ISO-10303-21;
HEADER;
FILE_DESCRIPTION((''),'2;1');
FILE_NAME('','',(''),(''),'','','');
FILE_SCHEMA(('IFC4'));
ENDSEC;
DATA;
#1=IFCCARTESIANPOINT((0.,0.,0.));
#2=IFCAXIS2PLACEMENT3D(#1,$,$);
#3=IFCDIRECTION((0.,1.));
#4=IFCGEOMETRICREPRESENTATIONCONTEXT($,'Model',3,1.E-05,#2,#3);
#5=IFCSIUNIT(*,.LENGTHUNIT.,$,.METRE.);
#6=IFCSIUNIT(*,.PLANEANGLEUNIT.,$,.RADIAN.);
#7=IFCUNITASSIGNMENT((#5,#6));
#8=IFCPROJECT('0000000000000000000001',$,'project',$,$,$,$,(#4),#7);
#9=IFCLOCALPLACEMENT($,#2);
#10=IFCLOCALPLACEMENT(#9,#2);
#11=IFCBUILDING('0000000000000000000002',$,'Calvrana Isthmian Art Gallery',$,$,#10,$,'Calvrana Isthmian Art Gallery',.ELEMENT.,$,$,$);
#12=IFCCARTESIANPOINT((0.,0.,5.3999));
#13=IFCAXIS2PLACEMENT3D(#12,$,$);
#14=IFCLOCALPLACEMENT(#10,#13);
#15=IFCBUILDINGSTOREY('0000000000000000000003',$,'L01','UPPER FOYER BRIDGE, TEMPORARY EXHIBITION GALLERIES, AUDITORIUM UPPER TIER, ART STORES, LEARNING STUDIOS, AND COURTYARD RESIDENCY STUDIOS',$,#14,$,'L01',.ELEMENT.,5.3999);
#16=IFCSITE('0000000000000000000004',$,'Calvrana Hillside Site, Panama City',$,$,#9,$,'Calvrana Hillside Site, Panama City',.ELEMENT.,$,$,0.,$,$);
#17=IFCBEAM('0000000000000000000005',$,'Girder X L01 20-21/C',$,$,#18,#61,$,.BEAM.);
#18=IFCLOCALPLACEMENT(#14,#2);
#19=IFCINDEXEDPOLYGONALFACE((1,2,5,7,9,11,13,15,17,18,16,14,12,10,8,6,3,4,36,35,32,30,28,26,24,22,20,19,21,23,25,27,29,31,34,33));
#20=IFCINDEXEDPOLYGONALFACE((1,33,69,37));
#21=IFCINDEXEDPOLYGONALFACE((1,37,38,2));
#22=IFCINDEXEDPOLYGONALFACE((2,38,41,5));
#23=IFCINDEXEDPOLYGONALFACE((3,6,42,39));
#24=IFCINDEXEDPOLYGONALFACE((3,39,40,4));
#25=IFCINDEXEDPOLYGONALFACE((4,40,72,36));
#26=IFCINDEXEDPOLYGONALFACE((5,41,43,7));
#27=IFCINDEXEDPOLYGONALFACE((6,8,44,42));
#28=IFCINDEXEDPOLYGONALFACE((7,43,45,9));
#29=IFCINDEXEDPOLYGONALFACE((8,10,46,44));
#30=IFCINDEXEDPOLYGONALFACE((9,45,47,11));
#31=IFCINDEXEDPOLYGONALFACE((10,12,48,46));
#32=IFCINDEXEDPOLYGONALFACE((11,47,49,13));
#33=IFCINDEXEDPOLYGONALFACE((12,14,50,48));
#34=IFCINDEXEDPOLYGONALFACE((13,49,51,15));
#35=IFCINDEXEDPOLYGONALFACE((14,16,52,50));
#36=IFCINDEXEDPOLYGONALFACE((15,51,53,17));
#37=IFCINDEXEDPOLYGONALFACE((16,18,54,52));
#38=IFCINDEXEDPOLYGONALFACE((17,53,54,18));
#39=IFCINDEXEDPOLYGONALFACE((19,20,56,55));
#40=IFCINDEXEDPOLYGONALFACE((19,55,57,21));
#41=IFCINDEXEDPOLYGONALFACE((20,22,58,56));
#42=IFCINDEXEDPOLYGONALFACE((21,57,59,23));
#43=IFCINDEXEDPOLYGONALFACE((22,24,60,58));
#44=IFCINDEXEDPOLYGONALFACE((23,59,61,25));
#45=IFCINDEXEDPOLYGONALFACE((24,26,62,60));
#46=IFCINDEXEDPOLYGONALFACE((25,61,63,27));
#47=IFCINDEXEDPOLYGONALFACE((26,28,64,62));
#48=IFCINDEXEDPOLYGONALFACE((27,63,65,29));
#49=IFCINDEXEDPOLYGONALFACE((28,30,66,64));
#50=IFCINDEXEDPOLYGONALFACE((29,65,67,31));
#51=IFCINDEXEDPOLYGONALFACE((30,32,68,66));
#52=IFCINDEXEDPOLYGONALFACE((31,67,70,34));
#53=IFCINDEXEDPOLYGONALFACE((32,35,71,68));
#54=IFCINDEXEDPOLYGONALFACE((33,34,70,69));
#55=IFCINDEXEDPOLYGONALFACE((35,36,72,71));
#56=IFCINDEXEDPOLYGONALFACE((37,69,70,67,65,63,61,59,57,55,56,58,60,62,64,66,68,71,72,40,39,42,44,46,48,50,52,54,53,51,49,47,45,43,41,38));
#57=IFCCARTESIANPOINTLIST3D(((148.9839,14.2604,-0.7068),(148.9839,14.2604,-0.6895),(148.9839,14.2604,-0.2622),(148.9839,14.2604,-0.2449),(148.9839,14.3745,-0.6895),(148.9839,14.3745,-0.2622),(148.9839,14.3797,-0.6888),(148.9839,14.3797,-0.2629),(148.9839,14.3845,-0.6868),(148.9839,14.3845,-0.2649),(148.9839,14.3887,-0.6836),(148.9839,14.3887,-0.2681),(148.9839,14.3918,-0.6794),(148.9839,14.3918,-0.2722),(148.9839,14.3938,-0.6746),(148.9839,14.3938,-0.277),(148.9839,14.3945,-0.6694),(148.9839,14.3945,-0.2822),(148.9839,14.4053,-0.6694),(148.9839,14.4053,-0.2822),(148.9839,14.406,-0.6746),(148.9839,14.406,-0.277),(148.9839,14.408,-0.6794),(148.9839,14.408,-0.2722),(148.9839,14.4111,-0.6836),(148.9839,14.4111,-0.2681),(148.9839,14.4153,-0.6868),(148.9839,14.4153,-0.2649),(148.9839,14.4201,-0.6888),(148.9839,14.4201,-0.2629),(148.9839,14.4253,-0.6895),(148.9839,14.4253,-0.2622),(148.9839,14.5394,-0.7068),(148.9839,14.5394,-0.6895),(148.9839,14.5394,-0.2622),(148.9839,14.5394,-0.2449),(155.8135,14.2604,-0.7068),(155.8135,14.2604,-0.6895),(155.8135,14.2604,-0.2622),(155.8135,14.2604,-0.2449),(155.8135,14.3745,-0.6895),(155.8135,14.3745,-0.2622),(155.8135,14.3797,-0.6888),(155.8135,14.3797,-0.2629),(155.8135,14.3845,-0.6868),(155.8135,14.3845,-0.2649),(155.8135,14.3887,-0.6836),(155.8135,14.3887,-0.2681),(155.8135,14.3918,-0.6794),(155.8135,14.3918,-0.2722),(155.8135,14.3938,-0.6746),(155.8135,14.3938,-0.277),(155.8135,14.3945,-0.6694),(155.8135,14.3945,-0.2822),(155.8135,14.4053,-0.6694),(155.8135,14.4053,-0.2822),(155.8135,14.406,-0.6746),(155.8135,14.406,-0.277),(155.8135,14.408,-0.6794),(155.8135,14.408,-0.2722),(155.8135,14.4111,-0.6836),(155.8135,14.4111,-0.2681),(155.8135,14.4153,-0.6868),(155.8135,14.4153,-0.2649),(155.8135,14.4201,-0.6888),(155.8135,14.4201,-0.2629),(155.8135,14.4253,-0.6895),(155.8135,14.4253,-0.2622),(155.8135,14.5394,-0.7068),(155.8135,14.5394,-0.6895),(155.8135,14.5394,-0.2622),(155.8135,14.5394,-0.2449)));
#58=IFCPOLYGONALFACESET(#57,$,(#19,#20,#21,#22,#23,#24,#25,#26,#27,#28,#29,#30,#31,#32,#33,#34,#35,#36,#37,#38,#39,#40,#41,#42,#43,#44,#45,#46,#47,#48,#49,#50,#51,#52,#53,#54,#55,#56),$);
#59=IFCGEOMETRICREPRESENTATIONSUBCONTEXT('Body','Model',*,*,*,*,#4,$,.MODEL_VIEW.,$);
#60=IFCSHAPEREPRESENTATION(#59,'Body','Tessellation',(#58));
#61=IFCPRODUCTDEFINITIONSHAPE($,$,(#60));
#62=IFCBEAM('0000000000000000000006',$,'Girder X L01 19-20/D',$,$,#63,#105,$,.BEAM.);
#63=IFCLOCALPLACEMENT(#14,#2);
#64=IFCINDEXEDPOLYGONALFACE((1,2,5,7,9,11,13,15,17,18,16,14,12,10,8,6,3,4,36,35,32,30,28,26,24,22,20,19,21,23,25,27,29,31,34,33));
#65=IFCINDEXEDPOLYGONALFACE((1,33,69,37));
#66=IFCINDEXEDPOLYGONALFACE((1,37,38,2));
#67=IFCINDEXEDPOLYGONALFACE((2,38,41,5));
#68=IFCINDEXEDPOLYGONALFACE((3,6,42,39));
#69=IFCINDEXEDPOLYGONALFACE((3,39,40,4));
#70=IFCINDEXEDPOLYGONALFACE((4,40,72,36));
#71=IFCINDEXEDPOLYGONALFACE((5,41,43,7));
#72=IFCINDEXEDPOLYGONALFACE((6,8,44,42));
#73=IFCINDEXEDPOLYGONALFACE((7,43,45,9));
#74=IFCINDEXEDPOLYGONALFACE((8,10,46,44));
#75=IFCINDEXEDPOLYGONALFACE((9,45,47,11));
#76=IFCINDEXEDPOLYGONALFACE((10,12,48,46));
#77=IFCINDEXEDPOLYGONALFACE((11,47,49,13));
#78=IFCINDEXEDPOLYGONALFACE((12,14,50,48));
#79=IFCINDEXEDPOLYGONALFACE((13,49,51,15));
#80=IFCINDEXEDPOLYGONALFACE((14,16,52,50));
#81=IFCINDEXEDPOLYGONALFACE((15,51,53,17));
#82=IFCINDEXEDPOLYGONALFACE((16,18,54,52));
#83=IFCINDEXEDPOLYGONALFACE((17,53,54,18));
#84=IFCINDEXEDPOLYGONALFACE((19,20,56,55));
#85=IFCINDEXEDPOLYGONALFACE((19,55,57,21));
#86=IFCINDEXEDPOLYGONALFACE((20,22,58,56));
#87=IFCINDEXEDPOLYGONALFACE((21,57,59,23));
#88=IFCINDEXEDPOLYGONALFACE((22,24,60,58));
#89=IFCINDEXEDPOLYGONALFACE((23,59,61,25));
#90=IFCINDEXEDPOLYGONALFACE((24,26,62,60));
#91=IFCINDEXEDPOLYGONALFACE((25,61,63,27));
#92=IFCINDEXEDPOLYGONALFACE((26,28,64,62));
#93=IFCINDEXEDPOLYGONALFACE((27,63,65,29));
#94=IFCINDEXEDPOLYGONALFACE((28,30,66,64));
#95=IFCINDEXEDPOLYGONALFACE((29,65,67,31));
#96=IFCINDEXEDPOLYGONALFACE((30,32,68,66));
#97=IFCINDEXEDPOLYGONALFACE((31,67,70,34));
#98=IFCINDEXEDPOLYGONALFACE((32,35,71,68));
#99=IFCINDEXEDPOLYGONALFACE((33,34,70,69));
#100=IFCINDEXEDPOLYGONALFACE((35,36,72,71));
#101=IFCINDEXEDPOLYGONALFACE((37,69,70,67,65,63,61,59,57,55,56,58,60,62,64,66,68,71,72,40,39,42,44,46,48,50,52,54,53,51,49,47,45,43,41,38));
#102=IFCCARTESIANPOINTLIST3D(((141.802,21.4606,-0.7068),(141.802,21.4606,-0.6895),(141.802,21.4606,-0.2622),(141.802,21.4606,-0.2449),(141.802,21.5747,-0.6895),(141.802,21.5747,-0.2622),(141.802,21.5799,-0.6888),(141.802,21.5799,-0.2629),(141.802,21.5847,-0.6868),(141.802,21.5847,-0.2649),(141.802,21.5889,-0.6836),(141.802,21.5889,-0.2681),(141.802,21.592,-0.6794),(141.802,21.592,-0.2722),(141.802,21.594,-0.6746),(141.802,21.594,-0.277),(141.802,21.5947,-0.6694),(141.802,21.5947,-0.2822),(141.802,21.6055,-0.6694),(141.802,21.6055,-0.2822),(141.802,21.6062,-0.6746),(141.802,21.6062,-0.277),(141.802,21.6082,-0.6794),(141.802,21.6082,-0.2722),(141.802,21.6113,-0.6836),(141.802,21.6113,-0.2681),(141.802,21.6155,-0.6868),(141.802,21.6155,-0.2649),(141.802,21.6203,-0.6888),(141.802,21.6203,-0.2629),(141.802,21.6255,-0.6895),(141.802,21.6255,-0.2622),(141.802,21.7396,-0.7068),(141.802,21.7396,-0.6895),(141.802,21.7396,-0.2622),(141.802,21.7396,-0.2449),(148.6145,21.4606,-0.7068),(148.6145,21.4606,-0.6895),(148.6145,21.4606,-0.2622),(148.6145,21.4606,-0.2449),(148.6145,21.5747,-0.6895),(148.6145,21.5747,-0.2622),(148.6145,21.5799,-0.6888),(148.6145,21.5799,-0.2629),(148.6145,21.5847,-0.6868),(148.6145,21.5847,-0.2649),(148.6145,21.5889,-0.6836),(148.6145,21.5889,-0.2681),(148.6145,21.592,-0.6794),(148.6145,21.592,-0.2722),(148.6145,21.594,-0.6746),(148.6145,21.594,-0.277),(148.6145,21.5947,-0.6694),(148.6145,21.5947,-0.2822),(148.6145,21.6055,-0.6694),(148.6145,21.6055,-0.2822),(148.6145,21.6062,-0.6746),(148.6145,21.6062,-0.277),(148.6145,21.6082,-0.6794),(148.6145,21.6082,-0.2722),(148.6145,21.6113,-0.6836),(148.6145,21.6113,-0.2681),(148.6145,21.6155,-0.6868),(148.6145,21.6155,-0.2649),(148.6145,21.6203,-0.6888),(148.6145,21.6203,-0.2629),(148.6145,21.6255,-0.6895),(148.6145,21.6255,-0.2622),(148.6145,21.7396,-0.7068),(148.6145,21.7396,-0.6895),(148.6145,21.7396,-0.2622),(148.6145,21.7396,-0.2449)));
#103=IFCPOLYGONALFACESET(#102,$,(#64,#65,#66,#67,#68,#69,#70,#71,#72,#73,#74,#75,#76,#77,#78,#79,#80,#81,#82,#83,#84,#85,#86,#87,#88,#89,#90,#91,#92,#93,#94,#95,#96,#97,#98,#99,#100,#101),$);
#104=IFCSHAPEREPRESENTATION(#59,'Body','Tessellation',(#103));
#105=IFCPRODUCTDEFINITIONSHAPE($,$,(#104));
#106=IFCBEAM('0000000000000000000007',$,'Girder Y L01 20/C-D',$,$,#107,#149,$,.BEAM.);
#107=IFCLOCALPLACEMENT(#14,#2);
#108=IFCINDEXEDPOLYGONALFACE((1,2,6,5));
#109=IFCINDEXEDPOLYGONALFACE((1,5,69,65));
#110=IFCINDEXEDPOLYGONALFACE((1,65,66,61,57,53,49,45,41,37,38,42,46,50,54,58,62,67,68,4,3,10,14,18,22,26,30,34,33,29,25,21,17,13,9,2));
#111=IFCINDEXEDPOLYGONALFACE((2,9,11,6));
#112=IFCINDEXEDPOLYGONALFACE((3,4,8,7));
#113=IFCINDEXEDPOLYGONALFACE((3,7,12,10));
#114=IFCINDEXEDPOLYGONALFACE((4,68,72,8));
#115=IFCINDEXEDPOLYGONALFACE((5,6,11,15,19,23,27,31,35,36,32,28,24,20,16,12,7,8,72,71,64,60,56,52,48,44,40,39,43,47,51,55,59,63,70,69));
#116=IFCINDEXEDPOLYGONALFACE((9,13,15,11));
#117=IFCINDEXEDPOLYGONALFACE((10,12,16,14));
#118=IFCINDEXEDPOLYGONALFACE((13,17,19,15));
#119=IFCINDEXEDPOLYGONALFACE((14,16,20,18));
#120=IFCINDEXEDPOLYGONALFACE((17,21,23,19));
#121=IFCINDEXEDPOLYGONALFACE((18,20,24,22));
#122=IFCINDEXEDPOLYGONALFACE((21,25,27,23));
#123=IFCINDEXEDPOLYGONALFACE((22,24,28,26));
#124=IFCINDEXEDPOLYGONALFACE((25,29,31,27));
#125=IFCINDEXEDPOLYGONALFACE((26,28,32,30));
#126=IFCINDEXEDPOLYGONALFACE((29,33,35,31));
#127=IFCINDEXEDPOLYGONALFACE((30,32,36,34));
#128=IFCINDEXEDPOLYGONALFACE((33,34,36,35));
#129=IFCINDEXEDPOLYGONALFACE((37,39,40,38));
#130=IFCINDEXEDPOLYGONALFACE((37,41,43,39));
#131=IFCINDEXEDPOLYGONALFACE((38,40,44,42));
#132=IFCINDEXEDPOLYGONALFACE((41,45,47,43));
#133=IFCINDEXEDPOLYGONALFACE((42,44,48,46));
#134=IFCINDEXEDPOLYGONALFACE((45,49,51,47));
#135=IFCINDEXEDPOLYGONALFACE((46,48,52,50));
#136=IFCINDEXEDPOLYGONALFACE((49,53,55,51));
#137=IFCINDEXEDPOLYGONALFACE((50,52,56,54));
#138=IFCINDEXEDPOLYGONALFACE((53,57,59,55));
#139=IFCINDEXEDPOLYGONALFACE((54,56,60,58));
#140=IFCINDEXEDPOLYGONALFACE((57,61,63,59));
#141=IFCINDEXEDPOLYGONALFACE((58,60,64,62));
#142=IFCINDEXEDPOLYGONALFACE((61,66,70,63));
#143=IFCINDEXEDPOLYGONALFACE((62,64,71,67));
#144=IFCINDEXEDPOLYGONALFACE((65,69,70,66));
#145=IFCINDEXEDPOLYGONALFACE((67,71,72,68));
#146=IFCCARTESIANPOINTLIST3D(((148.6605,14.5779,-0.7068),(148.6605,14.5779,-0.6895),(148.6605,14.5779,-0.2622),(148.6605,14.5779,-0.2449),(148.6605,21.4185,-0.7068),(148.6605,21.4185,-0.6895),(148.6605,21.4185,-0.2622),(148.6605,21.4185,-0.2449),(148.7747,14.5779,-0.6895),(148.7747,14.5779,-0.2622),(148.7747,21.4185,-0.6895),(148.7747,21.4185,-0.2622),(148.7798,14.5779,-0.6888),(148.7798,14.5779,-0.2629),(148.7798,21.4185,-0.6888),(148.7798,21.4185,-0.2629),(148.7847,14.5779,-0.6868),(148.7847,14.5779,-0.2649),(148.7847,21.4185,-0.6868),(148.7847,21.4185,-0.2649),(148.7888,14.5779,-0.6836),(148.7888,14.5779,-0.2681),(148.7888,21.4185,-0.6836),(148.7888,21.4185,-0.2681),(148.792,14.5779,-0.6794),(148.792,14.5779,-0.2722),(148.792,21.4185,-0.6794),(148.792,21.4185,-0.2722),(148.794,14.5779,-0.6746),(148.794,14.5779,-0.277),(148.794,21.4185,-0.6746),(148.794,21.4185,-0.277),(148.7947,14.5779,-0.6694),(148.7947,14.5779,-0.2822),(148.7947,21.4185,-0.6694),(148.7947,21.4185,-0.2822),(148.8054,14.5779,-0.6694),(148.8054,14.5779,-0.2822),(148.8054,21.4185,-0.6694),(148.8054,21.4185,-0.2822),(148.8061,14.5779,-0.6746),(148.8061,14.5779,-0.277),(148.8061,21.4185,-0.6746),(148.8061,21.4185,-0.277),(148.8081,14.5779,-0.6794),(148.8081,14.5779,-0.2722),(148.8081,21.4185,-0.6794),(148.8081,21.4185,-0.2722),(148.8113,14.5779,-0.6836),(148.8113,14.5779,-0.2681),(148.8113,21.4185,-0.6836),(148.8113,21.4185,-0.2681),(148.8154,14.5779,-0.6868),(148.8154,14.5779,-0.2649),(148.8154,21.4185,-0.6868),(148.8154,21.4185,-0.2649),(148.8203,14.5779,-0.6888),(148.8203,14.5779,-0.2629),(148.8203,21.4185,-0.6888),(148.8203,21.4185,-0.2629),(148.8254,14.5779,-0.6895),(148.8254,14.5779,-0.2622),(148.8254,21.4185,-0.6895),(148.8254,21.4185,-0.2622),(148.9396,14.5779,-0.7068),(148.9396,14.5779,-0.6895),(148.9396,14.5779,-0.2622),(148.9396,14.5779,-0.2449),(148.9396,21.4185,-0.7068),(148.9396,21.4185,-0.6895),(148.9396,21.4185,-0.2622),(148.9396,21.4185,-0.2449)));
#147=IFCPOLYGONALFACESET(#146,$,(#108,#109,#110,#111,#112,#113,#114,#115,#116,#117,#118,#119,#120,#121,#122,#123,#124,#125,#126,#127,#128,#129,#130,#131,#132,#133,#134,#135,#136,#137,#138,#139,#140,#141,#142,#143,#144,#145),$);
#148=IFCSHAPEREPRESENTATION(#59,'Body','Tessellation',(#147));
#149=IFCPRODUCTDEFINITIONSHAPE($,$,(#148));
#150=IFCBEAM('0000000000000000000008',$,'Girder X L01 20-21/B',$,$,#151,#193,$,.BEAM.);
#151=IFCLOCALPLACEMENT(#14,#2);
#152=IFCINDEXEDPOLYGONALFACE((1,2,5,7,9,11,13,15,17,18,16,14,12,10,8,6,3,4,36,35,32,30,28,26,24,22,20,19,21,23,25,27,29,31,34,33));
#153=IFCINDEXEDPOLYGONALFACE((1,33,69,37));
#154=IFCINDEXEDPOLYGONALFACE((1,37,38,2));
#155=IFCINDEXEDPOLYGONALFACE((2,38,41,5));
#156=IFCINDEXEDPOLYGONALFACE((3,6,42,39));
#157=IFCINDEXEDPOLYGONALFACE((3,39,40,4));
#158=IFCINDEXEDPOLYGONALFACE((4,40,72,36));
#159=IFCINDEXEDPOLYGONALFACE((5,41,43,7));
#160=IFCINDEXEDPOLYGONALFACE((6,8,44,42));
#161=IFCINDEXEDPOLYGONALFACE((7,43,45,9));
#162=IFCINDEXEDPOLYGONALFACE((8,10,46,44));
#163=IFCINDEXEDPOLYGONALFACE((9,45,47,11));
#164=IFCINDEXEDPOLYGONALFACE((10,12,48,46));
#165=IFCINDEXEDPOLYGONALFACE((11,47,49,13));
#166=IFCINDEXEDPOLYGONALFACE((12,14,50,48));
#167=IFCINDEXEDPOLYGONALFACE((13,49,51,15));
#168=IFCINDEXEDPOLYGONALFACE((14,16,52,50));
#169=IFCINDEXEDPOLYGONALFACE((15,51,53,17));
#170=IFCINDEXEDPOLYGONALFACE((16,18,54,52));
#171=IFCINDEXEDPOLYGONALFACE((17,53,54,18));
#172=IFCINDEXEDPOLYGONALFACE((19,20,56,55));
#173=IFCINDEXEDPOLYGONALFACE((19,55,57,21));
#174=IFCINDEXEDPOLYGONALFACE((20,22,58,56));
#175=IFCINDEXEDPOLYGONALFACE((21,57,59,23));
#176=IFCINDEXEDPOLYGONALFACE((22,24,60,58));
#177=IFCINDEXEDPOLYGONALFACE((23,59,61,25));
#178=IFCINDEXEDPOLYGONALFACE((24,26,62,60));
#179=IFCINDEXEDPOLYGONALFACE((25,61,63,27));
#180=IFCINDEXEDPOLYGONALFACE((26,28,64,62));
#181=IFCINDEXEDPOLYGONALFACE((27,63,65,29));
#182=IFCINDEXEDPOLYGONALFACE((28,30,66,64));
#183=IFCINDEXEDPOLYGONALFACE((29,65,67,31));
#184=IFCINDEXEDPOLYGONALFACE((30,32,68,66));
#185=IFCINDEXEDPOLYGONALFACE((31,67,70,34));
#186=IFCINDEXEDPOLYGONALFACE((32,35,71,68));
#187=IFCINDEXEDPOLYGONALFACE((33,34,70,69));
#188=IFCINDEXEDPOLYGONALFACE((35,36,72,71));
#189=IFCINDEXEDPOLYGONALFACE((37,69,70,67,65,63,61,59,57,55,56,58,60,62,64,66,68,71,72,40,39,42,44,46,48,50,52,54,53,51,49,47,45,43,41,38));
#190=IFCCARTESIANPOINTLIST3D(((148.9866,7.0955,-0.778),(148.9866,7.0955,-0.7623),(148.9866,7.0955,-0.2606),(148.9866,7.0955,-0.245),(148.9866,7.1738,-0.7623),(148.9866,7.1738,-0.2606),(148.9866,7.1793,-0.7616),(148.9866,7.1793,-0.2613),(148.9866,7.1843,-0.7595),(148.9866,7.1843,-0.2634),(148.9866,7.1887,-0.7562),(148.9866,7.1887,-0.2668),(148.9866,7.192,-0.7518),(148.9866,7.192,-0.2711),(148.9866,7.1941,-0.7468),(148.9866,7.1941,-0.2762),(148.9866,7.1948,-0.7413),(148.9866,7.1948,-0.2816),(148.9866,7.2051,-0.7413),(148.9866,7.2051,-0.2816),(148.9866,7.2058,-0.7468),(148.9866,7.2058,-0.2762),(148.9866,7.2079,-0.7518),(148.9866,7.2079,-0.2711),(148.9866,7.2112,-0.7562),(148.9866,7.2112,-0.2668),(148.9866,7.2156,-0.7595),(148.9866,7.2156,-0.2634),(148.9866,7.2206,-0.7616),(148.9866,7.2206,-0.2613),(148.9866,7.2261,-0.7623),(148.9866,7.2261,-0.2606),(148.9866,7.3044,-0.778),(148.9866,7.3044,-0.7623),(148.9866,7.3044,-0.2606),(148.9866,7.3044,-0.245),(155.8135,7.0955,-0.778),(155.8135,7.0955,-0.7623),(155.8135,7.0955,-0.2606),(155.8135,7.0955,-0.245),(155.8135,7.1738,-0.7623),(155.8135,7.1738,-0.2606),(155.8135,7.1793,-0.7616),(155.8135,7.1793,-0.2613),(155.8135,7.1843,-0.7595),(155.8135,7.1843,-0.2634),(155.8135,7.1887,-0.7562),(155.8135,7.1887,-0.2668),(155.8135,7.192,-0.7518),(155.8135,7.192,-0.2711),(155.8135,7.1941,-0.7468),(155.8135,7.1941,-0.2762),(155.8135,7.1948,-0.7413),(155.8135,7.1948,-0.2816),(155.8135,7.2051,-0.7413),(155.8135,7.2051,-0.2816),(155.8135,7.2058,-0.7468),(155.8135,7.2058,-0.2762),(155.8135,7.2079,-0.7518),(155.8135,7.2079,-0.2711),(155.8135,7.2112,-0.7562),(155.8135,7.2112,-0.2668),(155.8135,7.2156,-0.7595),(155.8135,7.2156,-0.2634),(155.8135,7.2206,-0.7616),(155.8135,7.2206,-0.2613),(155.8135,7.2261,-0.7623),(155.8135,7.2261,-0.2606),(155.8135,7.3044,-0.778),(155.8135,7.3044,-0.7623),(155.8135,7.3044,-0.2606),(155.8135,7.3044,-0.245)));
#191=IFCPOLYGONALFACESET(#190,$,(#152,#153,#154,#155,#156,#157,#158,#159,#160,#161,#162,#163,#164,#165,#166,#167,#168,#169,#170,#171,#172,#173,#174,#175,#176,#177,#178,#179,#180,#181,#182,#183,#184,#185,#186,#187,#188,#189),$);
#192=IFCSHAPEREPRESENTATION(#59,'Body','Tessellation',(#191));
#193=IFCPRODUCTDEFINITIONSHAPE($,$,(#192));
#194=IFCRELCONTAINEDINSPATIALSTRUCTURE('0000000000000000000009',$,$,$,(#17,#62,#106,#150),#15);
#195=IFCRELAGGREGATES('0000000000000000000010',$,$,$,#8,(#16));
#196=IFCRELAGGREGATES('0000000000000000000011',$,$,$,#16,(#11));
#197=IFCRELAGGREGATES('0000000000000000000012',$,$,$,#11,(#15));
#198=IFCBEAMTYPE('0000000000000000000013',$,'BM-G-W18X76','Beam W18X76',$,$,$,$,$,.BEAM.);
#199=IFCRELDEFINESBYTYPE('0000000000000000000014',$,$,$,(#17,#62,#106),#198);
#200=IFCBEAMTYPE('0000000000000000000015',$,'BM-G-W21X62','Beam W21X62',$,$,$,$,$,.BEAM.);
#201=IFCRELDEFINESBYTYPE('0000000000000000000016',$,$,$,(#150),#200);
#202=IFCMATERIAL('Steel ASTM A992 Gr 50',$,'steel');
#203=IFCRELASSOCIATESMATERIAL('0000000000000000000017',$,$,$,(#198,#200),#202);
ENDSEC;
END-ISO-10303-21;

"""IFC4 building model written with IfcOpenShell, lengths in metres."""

from ifc_helpers import new_model, si_unit, direction, frame, origin, origin_2d, place, context, subcontext, project, spatial, i_section, extrude, material, material_profile, profile_set, type_object, element, save


model = new_model("IFC4")

# Units and contexts
model_context = context("Model", 3, precision=1e-05, world=origin(), true_north=direction((0.0, 1.0)))
body_context = subcontext(model_context, "Body", "Model", "MODEL_VIEW")
ifc_project = project(units=[si_unit("LENGTHUNIT", "METRE"), si_unit("PLANEANGLEUNIT", "RADIAN")], contexts=[model_context])

# Site, building, storey
site_placement = place(None, origin())
site = spatial("IfcSite", under=ifc_project, at=site_placement, Name="Calvrana Hillside Site, Panama City", LongName="Calvrana Hillside Site, Panama City", CompositionType="ELEMENT", RefElevation=0.0)
building_placement = place(site_placement, origin())
building = spatial("IfcBuilding", under=site, at=building_placement, Name="Calvrana Isthmian Art Gallery", LongName="Calvrana Isthmian Art Gallery", CompositionType="ELEMENT")
storey_placement = place(building_placement, frame((0.0, 0.0, 5.3999)))
storey = spatial("IfcBuildingStorey", under=building, at=storey_placement, Name="L01", Description="UPPER FOYER BRIDGE, TEMPORARY EXHIBITION GALLERIES, AUDITORIUM UPPER TIER, ART STORES, LEARNING STUDIOS, AND COURTYARD RESIDENCY STUDIOS", LongName="L01", CompositionType="ELEMENT", Elevation=5.3999)

# Shared definitions
ifc_material_1 = material(Name="Steel ASTM A992 Gr 50", Category="steel")

# Beams
ifc_material_profile_1 = material_profile(ifc_material_1, i_section(OverallWidth=0.2791, OverallDepth=0.4619, WebThickness=0.0107, FlangeThickness=0.0173, FilletRadius=0.02, at=origin_2d()), Name="W18X76")
ifc_profile_set_1 = profile_set([ifc_material_profile_1], Name="Steel ASTM A992 Gr 50")
beam_type_1 = type_object("IfcBeamType", Name="BM-G-W18X76", Description="Beam W18X76", PredefinedType="BEAM", material=ifc_profile_set_1)
beam_1_placement = place(storey_placement, frame((148.9839, 14.3999, -0.4758), z_axis=(1.0, 0.0, 0.0), x_axis=(0.0, 1.0, 0.0)))
element("IfcBeam", 1, at=beam_1_placement, inside=storey, type_object=beam_type_1, Name="Girder X L01 20-21/C", PredefinedType="BEAM", context=body_context, shape_type="SweptSolid", body=[
    extrude(i_section(OverallWidth=0.2791, OverallDepth=0.4619, WebThickness=0.0107, FlangeThickness=0.0173, FilletRadius=0.02, at=origin_2d()), origin(), (0.0, 0.0, 1.0), 6.8296),
])
beam_2_placement = place(storey_placement, frame((141.802, 21.6001, -0.4758), z_axis=(1.0, 0.0, 0.0), x_axis=(0.0, 1.0, 0.0)))
element("IfcBeam", 2, at=beam_2_placement, inside=storey, type_object=beam_type_1, Name="Girder X L01 19-20/D", PredefinedType="BEAM", context=body_context, shape_type="SweptSolid", body=[
    extrude(i_section(OverallWidth=0.2791, OverallDepth=0.4619, WebThickness=0.0107, FlangeThickness=0.0173, FilletRadius=0.02, at=origin_2d()), origin(), (0.0, 0.0, 1.0), 6.8125),
])
beam_3_placement = place(storey_placement, frame((148.8, 14.5779, -0.4758), z_axis=(0.0, 1.0, 0.0), x_axis=(-1.0, 0.0, 0.0)))
element("IfcBeam", 3, at=beam_3_placement, inside=storey, type_object=beam_type_1, Name="Girder Y L01 20/C-D", PredefinedType="BEAM", context=body_context, shape_type="SweptSolid", body=[
    extrude(i_section(OverallWidth=0.2791, OverallDepth=0.4619, WebThickness=0.0107, FlangeThickness=0.0173, FilletRadius=0.02, at=origin_2d()), origin(), (0.0, 0.0, 1.0), 6.8406),
])
ifc_material_profile_2 = material_profile(ifc_material_1, i_section(OverallWidth=0.209, OverallDepth=0.533, WebThickness=0.0103, FlangeThickness=0.0156, FilletRadius=0.021, at=origin_2d()), Name="W21X62")
ifc_profile_set_2 = profile_set([ifc_material_profile_2], Name="Steel ASTM A992 Gr 50")
beam_type_2 = type_object("IfcBeamType", Name="BM-G-W21X62", Description="Beam W21X62", PredefinedType="BEAM", material=ifc_profile_set_2)
beam_4_placement = place(storey_placement, frame((148.9866, 7.2, -0.5115), z_axis=(1.0, 0.0, 0.0), x_axis=(0.0, 1.0, 0.0)))
element("IfcBeam", 4, at=beam_4_placement, inside=storey, type_object=beam_type_2, Name="Girder X L01 20-21/B", PredefinedType="BEAM", context=body_context, shape_type="SweptSolid", body=[
    extrude(i_section(OverallWidth=0.209, OverallDepth=0.533, WebThickness=0.0103, FlangeThickness=0.0156, FilletRadius=0.021, at=origin_2d()), origin(), (0.0, 0.0, 1.0), 6.8269),
])

save(model, "model.ifc")
